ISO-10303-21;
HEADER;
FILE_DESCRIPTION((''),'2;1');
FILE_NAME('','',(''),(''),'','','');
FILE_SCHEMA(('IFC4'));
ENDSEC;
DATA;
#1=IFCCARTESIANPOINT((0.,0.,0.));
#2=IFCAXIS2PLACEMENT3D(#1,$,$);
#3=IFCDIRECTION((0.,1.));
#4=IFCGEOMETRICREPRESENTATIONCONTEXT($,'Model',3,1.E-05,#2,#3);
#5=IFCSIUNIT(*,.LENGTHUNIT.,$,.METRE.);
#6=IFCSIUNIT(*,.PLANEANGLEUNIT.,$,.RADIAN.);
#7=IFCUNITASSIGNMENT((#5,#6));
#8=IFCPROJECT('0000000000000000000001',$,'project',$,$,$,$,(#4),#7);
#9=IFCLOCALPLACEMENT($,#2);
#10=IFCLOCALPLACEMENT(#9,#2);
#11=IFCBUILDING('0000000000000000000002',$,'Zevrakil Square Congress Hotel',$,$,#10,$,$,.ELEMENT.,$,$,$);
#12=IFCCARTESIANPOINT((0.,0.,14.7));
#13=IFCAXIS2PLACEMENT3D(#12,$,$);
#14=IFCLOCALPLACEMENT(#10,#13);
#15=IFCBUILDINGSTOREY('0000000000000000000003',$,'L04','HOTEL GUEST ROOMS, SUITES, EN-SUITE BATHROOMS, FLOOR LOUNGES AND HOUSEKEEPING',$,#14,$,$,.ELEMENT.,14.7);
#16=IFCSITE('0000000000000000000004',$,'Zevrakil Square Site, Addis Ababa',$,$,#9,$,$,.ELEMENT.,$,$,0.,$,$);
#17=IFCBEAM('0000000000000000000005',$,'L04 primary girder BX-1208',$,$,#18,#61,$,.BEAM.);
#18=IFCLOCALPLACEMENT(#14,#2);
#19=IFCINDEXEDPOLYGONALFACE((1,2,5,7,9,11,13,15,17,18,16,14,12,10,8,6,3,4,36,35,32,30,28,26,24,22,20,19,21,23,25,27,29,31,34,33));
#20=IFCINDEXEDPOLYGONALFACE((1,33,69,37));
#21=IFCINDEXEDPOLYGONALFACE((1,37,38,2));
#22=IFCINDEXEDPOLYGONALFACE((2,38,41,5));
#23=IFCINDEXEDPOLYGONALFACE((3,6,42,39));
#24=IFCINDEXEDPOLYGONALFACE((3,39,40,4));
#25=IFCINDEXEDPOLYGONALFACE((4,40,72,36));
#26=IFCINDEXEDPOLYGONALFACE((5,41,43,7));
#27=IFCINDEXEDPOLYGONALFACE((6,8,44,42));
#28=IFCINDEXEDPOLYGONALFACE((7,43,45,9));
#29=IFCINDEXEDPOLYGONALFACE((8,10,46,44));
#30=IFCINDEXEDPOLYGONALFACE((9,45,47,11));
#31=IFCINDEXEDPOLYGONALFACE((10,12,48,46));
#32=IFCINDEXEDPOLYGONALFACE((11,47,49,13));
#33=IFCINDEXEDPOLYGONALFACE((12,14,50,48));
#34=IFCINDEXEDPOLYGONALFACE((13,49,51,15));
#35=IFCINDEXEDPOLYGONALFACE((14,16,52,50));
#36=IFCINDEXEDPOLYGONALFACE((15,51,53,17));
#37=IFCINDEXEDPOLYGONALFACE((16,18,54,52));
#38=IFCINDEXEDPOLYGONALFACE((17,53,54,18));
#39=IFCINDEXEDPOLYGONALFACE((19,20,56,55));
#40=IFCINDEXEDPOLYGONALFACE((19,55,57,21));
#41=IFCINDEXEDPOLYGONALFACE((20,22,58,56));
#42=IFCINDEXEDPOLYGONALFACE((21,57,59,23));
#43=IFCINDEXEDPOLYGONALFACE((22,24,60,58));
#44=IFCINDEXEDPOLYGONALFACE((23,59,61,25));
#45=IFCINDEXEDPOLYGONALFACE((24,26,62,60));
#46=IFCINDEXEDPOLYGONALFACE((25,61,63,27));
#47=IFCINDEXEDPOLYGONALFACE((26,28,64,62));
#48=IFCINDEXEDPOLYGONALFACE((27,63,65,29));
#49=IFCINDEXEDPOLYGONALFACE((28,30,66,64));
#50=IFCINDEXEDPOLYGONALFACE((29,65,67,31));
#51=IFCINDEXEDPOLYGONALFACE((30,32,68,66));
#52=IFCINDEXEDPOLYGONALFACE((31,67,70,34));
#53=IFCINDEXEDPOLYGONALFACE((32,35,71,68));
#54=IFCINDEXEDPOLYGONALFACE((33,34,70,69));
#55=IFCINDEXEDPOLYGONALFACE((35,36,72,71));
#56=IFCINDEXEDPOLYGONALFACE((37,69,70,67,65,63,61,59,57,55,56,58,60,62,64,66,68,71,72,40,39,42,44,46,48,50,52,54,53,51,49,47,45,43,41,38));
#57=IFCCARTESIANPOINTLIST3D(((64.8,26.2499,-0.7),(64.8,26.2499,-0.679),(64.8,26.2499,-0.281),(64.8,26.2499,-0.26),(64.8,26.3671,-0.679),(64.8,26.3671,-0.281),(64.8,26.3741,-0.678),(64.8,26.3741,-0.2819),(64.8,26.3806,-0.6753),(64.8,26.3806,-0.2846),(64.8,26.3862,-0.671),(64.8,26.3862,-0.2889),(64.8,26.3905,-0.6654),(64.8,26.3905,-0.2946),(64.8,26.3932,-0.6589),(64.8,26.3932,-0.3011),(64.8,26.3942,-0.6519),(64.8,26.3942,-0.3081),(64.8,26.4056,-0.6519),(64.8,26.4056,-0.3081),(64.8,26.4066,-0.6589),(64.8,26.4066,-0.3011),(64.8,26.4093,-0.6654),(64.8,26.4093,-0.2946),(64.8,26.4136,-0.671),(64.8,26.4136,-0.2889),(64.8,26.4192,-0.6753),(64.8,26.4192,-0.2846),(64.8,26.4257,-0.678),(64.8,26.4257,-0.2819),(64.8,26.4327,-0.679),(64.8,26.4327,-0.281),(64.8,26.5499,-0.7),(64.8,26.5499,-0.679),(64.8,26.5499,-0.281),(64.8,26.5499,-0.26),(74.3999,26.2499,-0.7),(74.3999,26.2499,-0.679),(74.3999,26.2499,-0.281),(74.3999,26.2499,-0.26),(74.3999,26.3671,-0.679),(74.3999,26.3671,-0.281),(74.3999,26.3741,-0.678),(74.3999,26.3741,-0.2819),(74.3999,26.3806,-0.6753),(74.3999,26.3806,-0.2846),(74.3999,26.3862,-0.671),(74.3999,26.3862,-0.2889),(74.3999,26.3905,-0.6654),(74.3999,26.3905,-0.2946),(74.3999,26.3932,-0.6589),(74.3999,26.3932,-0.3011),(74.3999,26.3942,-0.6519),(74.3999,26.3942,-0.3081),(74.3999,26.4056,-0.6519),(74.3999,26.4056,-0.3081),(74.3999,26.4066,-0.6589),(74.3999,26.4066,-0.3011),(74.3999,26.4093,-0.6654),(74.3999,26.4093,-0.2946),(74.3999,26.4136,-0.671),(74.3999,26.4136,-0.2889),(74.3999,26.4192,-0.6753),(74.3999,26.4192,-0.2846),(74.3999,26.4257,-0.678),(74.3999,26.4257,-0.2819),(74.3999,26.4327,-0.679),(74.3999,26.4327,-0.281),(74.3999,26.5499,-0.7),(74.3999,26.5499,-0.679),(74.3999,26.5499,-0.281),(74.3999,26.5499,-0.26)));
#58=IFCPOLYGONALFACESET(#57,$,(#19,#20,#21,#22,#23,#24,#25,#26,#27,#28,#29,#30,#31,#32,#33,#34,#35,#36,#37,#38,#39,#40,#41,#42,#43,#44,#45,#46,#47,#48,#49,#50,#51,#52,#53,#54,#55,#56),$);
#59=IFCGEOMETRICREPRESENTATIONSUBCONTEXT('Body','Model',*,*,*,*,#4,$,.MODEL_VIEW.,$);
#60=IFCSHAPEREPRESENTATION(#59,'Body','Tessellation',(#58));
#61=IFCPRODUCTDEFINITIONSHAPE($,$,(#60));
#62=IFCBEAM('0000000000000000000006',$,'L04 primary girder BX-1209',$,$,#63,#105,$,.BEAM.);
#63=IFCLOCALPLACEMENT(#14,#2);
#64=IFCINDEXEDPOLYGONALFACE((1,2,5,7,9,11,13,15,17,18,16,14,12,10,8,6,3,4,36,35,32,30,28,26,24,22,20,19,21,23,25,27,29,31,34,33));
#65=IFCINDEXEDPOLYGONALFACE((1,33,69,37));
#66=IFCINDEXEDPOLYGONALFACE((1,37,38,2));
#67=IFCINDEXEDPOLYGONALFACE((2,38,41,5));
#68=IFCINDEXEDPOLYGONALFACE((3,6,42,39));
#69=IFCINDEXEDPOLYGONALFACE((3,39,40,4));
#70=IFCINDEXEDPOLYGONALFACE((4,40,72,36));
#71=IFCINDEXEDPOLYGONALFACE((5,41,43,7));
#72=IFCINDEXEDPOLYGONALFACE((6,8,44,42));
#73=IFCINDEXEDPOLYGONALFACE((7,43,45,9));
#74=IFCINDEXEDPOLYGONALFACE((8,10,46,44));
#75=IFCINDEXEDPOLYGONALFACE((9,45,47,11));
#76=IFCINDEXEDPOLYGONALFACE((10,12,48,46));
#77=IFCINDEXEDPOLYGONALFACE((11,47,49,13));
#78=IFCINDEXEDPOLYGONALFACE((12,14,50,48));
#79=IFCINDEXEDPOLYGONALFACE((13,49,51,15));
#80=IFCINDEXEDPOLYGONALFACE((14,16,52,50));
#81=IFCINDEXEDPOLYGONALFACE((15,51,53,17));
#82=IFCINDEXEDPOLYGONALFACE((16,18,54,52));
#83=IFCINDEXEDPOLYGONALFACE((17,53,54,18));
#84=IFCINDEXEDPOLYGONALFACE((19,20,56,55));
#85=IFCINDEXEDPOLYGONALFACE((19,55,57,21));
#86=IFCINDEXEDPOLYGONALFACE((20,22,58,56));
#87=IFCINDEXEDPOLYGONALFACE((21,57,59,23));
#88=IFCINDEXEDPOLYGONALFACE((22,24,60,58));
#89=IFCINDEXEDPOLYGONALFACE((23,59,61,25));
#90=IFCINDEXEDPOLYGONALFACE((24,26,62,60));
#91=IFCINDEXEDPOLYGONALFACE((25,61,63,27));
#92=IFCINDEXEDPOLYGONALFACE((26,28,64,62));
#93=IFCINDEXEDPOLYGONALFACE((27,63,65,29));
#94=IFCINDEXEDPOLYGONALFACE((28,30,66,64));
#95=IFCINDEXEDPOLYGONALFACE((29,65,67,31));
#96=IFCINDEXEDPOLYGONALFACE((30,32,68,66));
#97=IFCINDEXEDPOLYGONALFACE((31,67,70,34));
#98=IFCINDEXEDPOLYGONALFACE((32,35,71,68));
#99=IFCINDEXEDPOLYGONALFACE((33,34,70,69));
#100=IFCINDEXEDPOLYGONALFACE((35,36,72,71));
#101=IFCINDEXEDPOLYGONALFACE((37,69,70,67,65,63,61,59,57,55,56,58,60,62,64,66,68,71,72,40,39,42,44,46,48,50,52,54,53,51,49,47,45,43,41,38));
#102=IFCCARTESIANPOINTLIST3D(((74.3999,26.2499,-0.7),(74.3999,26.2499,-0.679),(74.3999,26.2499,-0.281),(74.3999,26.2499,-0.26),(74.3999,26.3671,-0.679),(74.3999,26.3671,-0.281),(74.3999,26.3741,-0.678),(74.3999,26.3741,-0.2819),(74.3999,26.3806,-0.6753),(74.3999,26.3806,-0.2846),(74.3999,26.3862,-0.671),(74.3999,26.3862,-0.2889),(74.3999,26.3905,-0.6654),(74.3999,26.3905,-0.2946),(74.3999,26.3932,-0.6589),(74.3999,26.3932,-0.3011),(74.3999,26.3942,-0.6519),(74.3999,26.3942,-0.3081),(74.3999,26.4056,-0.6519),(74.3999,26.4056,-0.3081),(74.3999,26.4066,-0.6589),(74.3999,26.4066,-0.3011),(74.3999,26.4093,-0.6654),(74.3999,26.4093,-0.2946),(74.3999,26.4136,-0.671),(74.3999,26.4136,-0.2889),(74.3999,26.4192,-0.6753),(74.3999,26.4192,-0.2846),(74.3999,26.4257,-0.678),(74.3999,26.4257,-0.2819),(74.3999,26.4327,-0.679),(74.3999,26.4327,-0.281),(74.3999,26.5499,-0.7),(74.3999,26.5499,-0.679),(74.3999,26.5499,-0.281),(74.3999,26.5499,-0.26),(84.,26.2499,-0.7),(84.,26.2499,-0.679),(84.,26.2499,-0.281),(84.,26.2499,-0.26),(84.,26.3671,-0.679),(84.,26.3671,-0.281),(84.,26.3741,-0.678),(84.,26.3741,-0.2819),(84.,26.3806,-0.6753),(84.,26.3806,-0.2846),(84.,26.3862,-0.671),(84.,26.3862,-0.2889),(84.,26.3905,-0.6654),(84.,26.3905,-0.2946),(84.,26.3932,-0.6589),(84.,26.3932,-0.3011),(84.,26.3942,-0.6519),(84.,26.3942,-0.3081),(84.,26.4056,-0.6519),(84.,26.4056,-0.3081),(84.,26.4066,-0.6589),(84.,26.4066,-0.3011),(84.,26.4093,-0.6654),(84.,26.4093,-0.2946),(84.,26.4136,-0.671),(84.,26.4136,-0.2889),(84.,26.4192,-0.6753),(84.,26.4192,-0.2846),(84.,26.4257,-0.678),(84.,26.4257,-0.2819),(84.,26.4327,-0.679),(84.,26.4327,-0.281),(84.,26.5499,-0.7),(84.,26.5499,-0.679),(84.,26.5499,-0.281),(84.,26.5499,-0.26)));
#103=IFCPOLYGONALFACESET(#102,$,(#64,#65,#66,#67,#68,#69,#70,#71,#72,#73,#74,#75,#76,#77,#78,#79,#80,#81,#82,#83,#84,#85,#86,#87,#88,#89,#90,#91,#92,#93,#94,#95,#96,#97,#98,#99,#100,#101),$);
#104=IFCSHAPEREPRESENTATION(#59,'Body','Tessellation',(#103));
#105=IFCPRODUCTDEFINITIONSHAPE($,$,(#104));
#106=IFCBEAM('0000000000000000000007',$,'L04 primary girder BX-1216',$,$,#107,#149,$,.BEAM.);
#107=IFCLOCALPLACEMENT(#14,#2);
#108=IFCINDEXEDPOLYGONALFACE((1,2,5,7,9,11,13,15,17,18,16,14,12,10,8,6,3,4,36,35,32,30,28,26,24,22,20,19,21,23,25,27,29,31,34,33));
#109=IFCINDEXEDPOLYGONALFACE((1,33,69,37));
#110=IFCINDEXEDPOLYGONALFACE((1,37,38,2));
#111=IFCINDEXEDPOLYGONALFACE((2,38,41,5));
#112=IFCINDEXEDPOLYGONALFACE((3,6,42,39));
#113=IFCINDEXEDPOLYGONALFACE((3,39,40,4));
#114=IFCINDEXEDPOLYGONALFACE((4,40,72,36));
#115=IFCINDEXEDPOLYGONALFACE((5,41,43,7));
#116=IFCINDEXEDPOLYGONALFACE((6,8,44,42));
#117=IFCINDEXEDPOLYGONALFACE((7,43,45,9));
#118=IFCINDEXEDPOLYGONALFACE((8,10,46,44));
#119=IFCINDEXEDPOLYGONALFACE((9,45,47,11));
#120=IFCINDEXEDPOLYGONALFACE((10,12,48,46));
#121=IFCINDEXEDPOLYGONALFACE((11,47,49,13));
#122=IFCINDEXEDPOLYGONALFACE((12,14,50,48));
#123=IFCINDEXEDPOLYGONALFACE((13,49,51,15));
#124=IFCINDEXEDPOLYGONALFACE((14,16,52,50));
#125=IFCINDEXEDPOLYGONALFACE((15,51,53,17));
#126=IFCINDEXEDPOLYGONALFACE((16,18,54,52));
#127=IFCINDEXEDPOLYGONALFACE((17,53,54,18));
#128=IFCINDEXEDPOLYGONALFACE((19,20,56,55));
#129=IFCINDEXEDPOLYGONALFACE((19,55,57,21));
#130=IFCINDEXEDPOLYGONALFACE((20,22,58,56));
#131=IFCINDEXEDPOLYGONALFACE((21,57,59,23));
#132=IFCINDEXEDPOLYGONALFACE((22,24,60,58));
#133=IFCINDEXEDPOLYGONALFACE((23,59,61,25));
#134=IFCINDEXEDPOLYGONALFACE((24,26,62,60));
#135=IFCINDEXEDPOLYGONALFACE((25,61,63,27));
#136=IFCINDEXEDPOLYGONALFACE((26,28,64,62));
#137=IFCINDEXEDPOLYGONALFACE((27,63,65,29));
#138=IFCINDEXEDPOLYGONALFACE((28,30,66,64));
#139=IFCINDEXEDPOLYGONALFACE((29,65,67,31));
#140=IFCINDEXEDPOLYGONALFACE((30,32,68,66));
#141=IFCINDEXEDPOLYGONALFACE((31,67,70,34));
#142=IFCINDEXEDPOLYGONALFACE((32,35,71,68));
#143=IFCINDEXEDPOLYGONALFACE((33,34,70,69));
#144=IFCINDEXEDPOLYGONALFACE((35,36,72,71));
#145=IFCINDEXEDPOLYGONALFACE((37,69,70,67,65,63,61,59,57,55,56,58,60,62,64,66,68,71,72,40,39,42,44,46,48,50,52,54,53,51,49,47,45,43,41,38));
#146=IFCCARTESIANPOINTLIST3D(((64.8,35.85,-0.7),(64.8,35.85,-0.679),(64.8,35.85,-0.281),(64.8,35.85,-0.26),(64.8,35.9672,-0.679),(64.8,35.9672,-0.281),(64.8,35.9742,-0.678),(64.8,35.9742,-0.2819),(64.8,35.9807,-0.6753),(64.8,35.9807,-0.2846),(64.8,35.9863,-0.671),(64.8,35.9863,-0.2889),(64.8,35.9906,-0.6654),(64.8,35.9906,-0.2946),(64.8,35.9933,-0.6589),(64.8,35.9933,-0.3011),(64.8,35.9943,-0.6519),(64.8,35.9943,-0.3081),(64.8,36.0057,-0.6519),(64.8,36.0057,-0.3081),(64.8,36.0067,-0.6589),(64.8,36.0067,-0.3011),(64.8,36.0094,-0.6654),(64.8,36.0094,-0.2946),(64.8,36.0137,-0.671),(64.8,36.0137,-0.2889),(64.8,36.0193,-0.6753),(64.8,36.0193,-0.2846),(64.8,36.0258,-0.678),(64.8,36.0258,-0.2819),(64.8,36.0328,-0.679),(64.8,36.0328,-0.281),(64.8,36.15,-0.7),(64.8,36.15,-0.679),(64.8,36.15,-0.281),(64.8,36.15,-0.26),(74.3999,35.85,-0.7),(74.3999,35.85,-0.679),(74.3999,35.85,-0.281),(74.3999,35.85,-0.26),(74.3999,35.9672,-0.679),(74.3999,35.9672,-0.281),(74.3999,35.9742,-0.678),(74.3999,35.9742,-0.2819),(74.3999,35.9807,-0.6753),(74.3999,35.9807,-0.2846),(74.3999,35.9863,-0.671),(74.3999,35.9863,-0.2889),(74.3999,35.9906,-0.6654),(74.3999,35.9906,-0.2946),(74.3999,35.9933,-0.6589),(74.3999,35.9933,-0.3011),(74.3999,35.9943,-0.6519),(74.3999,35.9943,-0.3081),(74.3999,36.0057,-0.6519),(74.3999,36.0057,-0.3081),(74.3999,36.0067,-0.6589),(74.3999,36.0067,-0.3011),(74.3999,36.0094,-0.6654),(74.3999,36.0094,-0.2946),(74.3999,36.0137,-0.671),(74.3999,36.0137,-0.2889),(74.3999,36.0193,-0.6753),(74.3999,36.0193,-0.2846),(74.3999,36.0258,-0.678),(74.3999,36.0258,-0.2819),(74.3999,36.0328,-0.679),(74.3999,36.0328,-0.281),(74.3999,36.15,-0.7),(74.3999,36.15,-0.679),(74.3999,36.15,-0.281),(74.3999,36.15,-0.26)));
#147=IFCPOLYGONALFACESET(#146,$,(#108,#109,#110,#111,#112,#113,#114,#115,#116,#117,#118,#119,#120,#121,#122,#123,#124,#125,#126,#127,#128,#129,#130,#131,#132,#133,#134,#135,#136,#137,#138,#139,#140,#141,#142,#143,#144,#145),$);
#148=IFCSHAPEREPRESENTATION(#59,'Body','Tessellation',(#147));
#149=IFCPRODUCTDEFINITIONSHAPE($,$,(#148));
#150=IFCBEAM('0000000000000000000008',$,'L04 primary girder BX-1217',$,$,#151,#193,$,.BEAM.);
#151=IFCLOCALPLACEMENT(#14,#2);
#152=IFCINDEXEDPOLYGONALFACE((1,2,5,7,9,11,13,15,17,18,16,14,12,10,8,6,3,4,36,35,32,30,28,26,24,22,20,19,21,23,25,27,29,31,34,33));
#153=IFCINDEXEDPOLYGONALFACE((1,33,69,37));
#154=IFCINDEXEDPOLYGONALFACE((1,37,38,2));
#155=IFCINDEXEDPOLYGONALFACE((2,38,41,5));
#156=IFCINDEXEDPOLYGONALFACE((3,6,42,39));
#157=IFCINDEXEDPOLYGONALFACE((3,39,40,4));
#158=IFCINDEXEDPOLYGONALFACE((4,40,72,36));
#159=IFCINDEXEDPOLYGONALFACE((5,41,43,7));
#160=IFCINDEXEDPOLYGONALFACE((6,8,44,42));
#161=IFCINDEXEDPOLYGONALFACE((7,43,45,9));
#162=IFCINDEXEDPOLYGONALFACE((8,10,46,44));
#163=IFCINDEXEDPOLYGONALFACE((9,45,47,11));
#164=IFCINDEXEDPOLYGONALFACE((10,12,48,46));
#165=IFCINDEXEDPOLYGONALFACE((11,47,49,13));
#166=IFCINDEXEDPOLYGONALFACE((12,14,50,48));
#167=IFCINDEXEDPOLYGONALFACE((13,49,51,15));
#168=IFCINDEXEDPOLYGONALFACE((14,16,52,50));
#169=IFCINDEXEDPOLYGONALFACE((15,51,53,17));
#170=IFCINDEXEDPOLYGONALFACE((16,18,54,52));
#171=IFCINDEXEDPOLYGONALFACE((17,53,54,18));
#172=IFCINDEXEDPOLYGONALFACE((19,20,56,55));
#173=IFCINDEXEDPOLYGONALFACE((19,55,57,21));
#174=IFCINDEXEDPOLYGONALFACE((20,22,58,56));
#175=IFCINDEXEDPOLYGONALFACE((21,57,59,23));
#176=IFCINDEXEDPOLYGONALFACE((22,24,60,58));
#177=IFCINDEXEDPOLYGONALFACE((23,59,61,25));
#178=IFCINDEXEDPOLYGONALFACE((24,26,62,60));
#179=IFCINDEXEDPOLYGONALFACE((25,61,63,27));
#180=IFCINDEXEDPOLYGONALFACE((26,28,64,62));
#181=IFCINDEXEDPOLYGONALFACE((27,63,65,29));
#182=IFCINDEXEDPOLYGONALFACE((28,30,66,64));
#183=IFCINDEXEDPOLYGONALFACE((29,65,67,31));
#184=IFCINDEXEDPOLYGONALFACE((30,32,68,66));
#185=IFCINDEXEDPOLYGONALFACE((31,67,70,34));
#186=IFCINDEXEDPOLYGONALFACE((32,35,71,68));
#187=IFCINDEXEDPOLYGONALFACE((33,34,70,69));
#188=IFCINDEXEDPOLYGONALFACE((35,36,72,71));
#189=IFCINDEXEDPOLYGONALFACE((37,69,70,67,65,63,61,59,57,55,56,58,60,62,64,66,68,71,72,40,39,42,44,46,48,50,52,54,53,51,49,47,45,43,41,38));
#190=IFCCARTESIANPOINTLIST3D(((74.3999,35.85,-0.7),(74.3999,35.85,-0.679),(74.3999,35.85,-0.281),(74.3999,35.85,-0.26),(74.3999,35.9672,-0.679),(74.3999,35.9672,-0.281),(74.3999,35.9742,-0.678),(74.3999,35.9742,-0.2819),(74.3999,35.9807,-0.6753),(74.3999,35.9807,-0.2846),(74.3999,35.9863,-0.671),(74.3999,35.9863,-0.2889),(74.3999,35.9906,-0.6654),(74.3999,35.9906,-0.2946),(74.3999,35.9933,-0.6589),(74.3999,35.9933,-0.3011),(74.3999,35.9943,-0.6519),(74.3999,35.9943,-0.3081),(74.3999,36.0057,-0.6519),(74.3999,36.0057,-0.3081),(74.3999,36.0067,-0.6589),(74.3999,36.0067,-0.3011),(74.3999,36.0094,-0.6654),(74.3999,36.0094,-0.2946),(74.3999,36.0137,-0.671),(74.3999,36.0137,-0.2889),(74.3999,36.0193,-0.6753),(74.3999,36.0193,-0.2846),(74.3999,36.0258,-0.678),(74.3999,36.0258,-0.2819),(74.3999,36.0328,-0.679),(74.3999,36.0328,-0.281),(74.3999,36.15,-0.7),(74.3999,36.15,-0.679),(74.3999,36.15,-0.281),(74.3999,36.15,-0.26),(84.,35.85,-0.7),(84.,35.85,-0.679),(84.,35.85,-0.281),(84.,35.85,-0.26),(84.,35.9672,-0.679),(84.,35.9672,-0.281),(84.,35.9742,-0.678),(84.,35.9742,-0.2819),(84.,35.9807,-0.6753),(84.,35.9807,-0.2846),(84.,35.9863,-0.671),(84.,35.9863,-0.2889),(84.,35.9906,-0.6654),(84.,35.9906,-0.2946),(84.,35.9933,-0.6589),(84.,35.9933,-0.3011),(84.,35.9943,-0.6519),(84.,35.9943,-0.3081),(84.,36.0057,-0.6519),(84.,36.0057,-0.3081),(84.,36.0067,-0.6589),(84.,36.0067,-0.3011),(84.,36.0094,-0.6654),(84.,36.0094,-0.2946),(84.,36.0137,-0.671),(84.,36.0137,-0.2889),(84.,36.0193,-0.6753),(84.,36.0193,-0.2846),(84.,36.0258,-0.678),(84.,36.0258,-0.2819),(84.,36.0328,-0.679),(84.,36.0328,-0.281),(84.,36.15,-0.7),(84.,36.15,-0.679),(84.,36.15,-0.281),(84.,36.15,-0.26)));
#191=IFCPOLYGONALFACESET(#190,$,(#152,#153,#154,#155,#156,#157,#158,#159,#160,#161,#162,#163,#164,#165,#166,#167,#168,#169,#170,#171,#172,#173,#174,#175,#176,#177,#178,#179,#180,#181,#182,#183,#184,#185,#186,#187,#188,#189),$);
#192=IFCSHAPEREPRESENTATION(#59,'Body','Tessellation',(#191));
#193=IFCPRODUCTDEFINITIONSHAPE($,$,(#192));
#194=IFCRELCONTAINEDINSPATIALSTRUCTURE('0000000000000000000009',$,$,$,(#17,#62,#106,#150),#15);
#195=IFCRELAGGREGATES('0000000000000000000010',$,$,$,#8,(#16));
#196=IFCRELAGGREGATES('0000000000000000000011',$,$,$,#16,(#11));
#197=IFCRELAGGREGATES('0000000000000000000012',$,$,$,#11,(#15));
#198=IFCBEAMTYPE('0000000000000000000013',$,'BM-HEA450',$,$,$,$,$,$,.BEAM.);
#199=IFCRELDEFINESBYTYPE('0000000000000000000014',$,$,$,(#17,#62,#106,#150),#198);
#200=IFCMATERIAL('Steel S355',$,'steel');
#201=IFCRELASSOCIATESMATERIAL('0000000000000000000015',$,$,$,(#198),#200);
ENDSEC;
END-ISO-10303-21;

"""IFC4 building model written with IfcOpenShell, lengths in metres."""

from ifc_helpers import new_model, si_unit, direction, frame, origin, origin_2d, place, context, subcontext, project, spatial, i_section, extrude, material, material_profile, profile_set, type_object, element, save


model = new_model("IFC4")

# Units and contexts
model_context = context("Model", 3, precision=1e-05, world=origin(), true_north=direction((0.0, 1.0)))
body_context = subcontext(model_context, "Body", "Model", "MODEL_VIEW")
ifc_project = project(units=[si_unit("LENGTHUNIT", "METRE"), si_unit("PLANEANGLEUNIT", "RADIAN")], contexts=[model_context])

# Site, building, storey
site_placement = place(None, origin())
site = spatial("IfcSite", under=ifc_project, at=site_placement, Name="Zevrakil Square Site, Addis Ababa", CompositionType="ELEMENT", RefElevation=0.0)
building_placement = place(site_placement, origin())
building = spatial("IfcBuilding", under=site, at=building_placement, Name="Zevrakil Square Congress Hotel", CompositionType="ELEMENT")
storey_placement = place(building_placement, frame((0.0, 0.0, 14.7)))
storey = spatial("IfcBuildingStorey", under=building, at=storey_placement, Name="L04", Description="HOTEL GUEST ROOMS, SUITES, EN-SUITE BATHROOMS, FLOOR LOUNGES AND HOUSEKEEPING", CompositionType="ELEMENT", Elevation=14.7)

# Beams
ifc_material_1 = material(Name="Steel S355", Category="steel")
ifc_material_profile_1 = material_profile(ifc_material_1, i_section(OverallWidth=0.3, OverallDepth=0.4399, WebThickness=0.0115, FlangeThickness=0.021, FilletRadius=0.0271, at=origin_2d()), Name="HEA 450")
ifc_profile_set_1 = profile_set([ifc_material_profile_1], Name="Steel S355")
beam_type_1 = type_object("IfcBeamType", Name="BM-HEA450", PredefinedType="BEAM", material=ifc_profile_set_1)
beam_1_placement = place(storey_placement, frame((64.8, 26.3999, -0.48), z_axis=(1.0, 0.0, 0.0), x_axis=(0.0, 1.0, 0.0)))
element("IfcBeam", 1, at=beam_1_placement, inside=storey, type_object=beam_type_1, Name="L04 primary girder BX-1208", PredefinedType="BEAM", context=body_context, shape_type="SweptSolid", body=[
    extrude(i_section(OverallWidth=0.3, OverallDepth=0.4399, WebThickness=0.0115, FlangeThickness=0.021, FilletRadius=0.0271, at=origin_2d()), origin(), (0.0, 0.0, 1.0), 9.5999),
])
beam_2_placement = place(storey_placement, frame((74.3999, 26.3999, -0.48), z_axis=(1.0, 0.0, 0.0), x_axis=(0.0, 1.0, 0.0)))
element("IfcBeam", 2, at=beam_2_placement, inside=storey, type_object=beam_type_1, Name="L04 primary girder BX-1209", PredefinedType="BEAM", context=body_context, shape_type="SweptSolid", body=[
    extrude(i_section(OverallWidth=0.3, OverallDepth=0.4399, WebThickness=0.0115, FlangeThickness=0.021, FilletRadius=0.0271, at=origin_2d()), origin(), (0.0, 0.0, 1.0), 9.6001),
])
beam_3_placement = place(storey_placement, frame((64.8, 36.0, -0.48), z_axis=(1.0, 0.0, 0.0), x_axis=(0.0, 1.0, 0.0)))
element("IfcBeam", 3, at=beam_3_placement, inside=storey, type_object=beam_type_1, Name="L04 primary girder BX-1216", PredefinedType="BEAM", context=body_context, shape_type="SweptSolid", body=[
    extrude(i_section(OverallWidth=0.3, OverallDepth=0.4399, WebThickness=0.0115, FlangeThickness=0.021, FilletRadius=0.0271, at=origin_2d()), origin(), (0.0, 0.0, 1.0), 9.5999),
])
beam_4_placement = place(storey_placement, frame((74.3999, 36.0, -0.48), z_axis=(1.0, 0.0, 0.0), x_axis=(0.0, 1.0, 0.0)))
element("IfcBeam", 4, at=beam_4_placement, inside=storey, type_object=beam_type_1, Name="L04 primary girder BX-1217", PredefinedType="BEAM", context=body_context, shape_type="SweptSolid", body=[
    extrude(i_section(OverallWidth=0.3, OverallDepth=0.4399, WebThickness=0.0115, FlangeThickness=0.021, FilletRadius=0.0271, at=origin_2d()), origin(), (0.0, 0.0, 1.0), 9.6001),
])

save(model, "model.ifc")
